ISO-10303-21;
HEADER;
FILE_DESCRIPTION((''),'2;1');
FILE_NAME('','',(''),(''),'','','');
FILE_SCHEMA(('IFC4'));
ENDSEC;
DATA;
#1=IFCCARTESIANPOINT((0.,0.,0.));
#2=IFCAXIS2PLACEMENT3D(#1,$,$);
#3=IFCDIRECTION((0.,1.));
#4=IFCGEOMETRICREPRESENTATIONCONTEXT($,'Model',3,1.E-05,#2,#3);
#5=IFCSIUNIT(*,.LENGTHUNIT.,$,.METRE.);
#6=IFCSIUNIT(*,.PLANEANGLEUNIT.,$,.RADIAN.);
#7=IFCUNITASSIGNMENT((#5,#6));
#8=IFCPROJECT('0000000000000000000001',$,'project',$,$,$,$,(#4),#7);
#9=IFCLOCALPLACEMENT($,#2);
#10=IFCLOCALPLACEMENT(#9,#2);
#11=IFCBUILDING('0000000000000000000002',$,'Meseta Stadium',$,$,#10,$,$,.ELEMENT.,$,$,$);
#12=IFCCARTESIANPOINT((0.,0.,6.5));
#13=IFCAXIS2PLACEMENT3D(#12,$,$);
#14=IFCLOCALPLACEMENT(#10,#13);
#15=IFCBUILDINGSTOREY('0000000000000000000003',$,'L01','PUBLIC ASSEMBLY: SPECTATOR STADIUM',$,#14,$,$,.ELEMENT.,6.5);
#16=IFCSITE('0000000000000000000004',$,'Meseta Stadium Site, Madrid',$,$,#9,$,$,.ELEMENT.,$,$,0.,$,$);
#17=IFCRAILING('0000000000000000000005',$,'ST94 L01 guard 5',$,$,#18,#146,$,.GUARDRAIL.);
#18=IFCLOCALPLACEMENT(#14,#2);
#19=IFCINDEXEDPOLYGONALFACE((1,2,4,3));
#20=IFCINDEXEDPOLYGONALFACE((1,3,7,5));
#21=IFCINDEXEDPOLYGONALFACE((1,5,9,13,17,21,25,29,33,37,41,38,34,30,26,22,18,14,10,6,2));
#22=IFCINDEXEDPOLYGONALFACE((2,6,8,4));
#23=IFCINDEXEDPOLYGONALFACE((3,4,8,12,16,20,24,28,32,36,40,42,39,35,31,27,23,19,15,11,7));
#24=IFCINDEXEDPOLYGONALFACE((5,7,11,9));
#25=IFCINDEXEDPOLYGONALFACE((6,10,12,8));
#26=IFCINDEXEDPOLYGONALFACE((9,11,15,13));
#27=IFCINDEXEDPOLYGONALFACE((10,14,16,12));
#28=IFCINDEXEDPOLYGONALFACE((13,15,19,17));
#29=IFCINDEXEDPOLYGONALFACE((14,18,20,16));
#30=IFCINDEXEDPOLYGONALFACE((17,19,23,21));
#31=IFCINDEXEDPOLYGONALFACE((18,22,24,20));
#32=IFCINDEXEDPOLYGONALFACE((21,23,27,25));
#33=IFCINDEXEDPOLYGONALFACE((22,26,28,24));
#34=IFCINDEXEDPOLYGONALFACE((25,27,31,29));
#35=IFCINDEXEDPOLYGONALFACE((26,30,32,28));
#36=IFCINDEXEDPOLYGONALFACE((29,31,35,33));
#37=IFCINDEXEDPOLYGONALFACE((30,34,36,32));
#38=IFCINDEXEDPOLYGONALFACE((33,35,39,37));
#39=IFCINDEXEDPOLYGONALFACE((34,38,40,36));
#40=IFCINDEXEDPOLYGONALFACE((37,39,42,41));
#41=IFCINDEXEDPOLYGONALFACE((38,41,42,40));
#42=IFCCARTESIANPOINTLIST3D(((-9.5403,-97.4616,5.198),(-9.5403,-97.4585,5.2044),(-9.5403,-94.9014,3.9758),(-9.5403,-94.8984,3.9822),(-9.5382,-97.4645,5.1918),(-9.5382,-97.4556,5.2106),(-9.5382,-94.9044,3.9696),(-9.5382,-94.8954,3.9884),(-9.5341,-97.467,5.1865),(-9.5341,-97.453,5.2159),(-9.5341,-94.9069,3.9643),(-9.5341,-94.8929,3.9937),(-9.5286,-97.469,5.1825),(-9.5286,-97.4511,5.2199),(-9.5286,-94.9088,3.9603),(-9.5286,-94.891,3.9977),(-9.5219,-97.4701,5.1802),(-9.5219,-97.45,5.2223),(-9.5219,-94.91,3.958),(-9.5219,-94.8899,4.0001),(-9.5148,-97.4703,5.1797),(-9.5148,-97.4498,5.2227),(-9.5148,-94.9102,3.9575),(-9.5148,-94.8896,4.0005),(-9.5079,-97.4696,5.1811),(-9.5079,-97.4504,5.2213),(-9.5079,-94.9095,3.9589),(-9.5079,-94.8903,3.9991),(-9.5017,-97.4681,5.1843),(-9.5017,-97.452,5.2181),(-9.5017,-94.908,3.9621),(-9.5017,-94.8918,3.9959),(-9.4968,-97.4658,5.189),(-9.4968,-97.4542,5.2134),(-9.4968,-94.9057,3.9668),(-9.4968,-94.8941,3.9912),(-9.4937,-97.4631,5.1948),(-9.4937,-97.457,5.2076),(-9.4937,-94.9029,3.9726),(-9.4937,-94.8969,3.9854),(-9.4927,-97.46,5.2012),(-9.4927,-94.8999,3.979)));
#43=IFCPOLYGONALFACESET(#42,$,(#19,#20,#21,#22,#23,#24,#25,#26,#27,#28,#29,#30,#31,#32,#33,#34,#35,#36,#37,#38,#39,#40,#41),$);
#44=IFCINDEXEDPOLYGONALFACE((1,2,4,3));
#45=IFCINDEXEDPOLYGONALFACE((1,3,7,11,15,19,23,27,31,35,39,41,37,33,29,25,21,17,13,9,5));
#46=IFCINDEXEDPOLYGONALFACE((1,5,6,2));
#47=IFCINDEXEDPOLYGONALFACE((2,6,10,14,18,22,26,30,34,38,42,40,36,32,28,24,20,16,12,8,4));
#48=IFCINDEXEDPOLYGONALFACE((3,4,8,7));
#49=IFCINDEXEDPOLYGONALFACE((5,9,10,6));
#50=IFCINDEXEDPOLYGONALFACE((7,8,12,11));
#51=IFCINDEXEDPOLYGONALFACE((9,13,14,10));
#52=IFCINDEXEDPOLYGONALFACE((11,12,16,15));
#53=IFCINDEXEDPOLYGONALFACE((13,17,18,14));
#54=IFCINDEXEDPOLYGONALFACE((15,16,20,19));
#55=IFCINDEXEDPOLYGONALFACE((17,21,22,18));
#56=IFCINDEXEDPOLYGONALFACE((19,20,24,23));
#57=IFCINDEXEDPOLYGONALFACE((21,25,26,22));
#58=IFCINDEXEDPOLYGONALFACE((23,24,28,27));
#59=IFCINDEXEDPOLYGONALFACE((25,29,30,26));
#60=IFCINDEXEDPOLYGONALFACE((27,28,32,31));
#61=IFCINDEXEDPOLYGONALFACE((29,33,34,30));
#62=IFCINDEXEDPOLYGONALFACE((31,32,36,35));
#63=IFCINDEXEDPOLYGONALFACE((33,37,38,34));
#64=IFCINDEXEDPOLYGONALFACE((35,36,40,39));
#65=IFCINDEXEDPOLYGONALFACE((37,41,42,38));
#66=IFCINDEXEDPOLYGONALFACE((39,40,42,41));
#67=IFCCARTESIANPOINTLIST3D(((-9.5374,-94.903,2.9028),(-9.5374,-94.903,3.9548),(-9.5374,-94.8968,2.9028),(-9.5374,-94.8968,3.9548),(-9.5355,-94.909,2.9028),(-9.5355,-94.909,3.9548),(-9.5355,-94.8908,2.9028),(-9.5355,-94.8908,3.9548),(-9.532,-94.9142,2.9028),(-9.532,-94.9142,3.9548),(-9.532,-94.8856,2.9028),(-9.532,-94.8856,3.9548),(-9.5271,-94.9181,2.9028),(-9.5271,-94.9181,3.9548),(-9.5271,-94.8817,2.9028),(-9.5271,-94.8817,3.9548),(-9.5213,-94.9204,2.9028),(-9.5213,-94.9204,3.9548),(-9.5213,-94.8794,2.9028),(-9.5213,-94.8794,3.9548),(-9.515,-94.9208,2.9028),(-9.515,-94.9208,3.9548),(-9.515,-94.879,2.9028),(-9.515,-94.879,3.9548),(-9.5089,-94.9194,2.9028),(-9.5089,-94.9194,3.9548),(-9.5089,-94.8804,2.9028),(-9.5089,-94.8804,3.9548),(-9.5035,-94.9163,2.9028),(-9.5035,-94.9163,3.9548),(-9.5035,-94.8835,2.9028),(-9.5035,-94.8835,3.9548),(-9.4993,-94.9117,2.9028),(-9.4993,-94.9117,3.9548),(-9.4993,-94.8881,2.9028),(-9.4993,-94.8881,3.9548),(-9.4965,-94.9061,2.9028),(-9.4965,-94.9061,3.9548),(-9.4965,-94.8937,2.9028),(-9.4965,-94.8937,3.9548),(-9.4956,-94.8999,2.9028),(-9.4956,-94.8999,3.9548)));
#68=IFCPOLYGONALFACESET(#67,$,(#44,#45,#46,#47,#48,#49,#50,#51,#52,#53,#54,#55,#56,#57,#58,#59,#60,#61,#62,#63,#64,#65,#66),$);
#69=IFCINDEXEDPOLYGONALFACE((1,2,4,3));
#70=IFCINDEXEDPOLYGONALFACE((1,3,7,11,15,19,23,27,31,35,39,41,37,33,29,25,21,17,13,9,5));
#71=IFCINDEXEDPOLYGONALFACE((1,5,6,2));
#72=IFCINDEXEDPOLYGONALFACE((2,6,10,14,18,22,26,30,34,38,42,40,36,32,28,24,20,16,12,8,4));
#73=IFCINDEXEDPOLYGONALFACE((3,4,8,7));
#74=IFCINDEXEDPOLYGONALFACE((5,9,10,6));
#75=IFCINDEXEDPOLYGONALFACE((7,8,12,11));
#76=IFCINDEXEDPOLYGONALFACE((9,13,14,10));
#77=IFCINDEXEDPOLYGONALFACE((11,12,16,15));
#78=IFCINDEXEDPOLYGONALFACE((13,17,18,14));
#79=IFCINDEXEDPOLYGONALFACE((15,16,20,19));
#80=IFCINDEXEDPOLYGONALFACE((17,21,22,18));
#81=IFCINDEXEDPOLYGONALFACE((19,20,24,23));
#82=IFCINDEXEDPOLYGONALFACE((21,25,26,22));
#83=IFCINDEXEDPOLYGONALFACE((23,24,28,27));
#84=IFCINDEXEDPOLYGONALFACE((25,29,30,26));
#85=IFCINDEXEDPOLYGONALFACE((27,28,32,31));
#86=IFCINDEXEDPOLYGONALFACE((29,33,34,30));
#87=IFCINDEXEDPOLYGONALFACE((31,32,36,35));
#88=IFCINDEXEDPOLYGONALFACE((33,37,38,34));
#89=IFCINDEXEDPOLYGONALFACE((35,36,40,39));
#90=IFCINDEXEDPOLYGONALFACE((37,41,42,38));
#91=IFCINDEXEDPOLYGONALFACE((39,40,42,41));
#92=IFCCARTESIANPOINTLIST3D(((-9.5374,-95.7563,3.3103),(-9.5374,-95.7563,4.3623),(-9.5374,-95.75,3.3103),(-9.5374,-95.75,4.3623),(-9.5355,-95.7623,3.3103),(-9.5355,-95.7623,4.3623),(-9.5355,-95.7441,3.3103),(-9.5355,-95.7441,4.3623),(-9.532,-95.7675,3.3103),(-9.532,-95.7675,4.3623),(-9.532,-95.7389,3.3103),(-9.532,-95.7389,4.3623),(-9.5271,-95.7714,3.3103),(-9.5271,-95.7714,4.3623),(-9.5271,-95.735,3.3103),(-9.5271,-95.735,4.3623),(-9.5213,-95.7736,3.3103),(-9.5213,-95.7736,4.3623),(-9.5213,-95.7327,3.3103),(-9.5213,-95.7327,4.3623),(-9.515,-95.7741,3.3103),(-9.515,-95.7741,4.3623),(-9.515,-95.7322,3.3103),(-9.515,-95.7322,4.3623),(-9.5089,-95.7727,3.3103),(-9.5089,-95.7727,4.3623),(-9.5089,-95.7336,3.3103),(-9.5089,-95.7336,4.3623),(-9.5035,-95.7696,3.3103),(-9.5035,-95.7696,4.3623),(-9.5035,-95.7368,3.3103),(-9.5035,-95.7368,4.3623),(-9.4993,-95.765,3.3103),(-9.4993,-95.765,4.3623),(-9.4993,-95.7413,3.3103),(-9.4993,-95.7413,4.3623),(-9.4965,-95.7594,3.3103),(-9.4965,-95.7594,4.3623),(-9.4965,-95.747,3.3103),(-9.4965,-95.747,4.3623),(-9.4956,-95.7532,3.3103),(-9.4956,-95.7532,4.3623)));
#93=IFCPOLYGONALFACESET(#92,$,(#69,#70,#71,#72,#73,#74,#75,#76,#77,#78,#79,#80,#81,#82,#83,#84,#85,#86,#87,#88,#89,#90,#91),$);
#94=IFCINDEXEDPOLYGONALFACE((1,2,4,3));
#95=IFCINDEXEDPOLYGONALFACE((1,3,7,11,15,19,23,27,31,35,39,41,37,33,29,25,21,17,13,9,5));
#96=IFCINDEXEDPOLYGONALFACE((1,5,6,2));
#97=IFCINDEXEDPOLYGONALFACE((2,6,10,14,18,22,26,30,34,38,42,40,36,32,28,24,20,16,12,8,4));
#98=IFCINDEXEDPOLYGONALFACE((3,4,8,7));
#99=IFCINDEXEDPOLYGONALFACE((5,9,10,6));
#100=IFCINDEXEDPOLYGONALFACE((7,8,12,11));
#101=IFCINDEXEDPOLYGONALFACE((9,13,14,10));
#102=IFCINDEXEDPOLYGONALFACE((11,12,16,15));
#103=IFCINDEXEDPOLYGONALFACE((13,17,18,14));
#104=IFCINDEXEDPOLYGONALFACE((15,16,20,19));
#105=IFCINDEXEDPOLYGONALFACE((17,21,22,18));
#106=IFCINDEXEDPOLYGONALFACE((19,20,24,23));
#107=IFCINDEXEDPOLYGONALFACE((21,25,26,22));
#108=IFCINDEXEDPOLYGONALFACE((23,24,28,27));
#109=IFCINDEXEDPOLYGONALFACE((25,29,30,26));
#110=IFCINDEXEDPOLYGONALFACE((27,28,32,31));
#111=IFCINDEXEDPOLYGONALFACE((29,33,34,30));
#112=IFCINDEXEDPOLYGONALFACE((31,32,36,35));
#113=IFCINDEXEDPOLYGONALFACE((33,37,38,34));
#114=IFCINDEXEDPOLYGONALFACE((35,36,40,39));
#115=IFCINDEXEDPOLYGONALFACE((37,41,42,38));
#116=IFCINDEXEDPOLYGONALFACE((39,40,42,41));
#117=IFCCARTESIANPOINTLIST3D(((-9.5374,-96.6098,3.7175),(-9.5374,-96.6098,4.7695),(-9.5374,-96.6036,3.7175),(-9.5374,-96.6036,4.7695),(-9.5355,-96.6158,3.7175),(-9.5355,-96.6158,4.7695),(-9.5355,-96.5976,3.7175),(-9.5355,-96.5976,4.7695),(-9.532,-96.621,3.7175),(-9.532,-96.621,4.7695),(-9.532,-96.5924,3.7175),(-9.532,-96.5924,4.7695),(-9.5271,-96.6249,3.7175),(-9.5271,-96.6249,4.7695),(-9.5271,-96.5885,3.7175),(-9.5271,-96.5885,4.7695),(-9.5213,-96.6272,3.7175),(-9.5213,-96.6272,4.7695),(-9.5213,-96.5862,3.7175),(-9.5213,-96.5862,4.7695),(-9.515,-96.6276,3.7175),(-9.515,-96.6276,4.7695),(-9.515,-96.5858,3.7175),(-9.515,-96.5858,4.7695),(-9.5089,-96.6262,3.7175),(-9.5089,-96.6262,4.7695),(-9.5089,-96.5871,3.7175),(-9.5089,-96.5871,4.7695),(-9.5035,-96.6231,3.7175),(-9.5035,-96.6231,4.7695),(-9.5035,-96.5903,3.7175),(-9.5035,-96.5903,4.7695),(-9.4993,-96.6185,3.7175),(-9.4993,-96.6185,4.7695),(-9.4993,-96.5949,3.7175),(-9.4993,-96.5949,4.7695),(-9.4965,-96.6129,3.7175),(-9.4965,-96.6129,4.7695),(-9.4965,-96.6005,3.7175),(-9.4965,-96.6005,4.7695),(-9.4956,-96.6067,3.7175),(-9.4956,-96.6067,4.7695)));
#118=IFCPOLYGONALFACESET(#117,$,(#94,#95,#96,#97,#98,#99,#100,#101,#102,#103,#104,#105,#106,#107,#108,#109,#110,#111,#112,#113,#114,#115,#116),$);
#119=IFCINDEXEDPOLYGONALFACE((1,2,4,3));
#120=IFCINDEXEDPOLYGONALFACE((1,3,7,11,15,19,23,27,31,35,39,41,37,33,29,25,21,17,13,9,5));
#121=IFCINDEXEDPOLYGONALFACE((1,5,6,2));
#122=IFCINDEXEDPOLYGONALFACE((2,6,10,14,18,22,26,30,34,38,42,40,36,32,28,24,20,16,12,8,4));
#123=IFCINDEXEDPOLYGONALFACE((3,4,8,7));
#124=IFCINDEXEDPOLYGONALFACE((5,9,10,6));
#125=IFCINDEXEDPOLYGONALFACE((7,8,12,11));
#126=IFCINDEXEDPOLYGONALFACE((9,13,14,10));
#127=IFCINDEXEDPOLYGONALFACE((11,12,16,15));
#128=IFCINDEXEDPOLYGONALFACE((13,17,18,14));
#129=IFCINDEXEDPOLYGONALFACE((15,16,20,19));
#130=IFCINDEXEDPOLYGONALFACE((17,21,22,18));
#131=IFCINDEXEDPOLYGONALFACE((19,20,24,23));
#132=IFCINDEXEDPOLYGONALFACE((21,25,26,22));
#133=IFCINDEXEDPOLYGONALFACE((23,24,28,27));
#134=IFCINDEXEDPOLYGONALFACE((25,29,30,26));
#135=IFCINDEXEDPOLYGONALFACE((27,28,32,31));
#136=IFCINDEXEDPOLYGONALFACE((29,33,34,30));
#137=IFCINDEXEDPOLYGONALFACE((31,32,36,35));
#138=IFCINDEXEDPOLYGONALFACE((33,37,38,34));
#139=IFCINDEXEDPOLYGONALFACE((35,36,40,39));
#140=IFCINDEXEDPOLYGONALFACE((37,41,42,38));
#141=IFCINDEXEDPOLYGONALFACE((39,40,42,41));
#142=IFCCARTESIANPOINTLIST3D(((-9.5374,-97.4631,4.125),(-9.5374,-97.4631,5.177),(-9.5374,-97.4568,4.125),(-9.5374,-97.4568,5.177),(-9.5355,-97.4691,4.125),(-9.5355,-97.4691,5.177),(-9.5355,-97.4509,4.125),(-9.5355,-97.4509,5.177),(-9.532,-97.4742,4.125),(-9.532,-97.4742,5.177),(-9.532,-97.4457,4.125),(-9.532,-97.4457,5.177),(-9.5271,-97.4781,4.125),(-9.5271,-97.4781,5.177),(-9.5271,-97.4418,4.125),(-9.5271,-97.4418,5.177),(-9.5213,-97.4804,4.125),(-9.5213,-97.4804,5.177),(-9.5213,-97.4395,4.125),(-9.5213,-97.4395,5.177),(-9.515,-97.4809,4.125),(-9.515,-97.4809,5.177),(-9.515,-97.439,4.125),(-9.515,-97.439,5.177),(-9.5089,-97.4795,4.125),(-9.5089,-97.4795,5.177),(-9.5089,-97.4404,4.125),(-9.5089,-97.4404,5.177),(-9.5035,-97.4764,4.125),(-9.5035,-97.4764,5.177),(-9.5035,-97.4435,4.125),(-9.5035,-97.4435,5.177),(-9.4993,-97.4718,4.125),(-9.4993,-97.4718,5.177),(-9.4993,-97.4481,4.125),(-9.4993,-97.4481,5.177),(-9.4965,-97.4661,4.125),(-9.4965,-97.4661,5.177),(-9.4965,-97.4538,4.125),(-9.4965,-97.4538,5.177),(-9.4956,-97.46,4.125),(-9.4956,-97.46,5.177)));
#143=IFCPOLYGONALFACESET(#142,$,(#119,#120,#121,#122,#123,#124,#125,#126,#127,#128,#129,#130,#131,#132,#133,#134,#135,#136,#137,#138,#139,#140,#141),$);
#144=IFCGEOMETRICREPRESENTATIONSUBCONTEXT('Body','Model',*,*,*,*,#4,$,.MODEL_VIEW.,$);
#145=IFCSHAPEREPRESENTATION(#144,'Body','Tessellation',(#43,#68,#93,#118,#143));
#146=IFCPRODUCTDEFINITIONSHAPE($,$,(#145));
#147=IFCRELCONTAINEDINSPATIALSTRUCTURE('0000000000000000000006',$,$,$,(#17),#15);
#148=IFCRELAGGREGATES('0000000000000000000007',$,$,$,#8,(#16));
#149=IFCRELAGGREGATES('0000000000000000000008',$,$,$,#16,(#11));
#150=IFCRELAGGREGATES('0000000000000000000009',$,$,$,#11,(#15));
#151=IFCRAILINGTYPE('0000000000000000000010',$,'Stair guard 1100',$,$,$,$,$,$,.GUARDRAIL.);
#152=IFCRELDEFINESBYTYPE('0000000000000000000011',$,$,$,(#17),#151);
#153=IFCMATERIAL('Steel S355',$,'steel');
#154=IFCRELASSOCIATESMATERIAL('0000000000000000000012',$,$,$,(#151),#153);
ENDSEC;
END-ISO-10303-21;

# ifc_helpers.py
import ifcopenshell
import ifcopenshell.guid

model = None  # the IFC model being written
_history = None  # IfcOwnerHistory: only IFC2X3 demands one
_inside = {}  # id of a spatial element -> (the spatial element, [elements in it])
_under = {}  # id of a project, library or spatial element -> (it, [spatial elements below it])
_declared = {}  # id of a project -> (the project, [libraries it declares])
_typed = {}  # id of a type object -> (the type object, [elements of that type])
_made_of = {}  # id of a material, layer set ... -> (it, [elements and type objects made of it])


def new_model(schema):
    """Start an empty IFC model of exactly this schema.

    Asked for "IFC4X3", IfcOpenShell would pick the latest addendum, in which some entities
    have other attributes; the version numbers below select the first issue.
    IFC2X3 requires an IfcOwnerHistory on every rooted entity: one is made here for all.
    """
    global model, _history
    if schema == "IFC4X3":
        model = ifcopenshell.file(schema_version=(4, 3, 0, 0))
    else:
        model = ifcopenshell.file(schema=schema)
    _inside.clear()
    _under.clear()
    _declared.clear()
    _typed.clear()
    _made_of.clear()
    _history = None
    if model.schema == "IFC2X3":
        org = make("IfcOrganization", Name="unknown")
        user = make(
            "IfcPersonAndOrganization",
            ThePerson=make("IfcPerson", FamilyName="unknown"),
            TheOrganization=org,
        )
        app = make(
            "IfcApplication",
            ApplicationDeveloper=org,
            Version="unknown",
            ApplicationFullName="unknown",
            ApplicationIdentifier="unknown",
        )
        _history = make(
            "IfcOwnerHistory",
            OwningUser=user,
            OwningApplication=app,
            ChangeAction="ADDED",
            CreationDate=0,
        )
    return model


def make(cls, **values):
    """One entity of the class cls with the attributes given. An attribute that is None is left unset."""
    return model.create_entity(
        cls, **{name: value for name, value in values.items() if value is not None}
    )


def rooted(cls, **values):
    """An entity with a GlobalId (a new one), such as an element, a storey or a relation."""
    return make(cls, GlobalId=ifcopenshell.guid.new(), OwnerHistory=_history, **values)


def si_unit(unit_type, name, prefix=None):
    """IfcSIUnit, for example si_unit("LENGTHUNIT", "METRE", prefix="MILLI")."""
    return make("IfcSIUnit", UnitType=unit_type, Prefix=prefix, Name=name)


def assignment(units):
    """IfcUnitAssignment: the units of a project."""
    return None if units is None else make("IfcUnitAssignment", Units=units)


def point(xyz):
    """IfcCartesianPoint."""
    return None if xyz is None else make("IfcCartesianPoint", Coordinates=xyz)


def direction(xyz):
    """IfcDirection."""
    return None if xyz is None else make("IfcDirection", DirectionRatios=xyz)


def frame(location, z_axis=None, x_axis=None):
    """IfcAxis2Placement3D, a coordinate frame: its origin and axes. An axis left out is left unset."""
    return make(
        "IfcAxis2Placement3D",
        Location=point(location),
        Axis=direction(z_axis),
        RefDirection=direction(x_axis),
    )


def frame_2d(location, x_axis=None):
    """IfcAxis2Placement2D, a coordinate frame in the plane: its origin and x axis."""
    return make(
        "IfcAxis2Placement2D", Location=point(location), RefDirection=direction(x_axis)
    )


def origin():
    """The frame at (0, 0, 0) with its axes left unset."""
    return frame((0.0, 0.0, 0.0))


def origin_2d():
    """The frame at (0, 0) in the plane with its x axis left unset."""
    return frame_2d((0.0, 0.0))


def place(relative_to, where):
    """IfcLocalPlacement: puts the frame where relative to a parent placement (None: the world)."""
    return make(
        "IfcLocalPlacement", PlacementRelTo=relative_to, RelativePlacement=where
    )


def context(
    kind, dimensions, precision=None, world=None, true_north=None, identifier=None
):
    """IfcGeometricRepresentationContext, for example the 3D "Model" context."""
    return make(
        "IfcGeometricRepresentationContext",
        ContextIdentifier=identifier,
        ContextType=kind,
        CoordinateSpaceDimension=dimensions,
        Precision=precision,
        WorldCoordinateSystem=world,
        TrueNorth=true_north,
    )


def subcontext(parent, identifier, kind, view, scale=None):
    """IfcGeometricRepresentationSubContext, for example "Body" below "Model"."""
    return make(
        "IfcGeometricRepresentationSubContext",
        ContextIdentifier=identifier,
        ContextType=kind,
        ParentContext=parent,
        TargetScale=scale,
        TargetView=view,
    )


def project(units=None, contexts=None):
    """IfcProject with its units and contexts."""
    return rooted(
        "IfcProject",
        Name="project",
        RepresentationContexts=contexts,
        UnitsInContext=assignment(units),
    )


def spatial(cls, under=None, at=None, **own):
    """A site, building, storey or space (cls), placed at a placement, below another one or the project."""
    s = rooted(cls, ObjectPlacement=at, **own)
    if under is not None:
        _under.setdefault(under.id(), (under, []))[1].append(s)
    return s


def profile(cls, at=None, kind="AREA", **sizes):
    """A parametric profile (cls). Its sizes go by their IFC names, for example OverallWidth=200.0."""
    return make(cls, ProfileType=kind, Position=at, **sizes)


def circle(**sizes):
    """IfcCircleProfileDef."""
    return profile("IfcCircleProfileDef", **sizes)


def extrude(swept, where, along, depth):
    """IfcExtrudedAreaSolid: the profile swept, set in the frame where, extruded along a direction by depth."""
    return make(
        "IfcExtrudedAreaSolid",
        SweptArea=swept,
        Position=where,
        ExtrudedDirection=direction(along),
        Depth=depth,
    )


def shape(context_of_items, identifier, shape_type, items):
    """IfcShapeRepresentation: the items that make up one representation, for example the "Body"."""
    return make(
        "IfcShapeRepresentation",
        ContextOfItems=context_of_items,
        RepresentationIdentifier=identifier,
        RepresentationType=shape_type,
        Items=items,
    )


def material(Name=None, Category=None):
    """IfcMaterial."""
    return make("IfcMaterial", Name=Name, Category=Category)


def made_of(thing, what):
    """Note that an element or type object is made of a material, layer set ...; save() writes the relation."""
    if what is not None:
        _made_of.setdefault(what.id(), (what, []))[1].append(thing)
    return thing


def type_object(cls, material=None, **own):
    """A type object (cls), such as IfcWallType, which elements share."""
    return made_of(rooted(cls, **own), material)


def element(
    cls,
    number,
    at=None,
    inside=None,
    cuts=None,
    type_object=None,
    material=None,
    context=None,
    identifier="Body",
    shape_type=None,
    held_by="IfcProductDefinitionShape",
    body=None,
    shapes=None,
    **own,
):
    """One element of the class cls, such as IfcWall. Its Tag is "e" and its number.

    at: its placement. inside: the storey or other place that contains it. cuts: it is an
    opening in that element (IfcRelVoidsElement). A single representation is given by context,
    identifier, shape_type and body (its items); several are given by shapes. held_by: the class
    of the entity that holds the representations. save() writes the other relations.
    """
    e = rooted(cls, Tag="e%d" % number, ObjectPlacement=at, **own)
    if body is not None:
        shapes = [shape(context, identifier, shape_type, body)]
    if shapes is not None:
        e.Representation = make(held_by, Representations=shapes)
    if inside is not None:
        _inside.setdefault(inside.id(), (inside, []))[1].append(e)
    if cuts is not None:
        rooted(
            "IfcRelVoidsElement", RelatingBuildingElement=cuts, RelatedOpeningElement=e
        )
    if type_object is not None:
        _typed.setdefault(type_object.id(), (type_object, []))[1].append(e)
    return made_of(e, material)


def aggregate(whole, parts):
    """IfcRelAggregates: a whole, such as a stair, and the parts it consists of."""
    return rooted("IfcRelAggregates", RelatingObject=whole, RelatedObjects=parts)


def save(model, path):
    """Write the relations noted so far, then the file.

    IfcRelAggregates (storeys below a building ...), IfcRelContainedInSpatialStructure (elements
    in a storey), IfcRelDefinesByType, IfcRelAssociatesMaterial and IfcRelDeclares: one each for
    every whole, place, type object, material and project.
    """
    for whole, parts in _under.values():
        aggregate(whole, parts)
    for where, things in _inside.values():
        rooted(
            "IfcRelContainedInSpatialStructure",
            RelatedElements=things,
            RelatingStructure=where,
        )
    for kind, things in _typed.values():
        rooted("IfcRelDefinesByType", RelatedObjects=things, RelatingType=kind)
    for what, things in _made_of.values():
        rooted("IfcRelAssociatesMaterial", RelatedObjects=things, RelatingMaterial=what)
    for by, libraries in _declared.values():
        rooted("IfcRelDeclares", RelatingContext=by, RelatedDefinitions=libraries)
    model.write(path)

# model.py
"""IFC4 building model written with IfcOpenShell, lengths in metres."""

from ifc_helpers import new_model, si_unit, direction, frame, origin, origin_2d, place, context, subcontext, project, spatial, circle, extrude, material, type_object, element, save


model = new_model("IFC4")

# Units and contexts
model_context = context("Model", 3, precision=1e-05, world=origin(), true_north=direction((0.0, 1.0)))
body_context = subcontext(model_context, "Body", "Model", "MODEL_VIEW")
ifc_project = project(units=[si_unit("LENGTHUNIT", "METRE"), si_unit("PLANEANGLEUNIT", "RADIAN")], contexts=[model_context])

# Site, building, storey
site_placement = place(None, origin())
site = spatial("IfcSite", under=ifc_project, at=site_placement, Name="Meseta Stadium Site, Madrid", CompositionType="ELEMENT", RefElevation=0.0)
building_placement = place(site_placement, origin())
building = spatial("IfcBuilding", under=site, at=building_placement, Name="Meseta Stadium", CompositionType="ELEMENT")
storey_placement = place(building_placement, frame((0.0, 0.0, 6.5)))
storey = spatial("IfcBuildingStorey", under=building, at=storey_placement, Name="L01", Description="PUBLIC ASSEMBLY: SPECTATOR STADIUM", CompositionType="ELEMENT", Elevation=6.5)

# Railing
ifc_material_1 = material(Name="Steel S355", Category="steel")
railing_type_1 = type_object("IfcRailingType", Name="Stair guard 1100", PredefinedType="GUARDRAIL", material=ifc_material_1)
railing_1_placement = place(storey_placement, frame((-9.5166, -94.8999, 2.9028)))
element("IfcRailing", 1, at=railing_1_placement, inside=storey, type_object=railing_type_1, Name="ST94 L01 guard 5", PredefinedType="GUARDRAIL", context=body_context, shape_type="SweptSolid", body=[
    extrude(circle(Radius=0.0239, at=origin_2d()), frame((0.0, 0.0, 1.0762), z_axis=(0.0, -0.902437, 0.430822), x_axis=(1.0, 0.0, 0.0)), (0.0, 0.0, 1.0), 2.8369),
    extrude(circle(Radius=0.021, at=origin_2d()), origin(), (0.0, 0.0, 1.0), 1.052),
    extrude(circle(Radius=0.021, at=origin_2d()), frame((0.0, -0.8533, 0.4075)), (0.0, 0.0, 1.0), 1.052),
    extrude(circle(Radius=0.021, at=origin_2d()), frame((0.0, -1.7068, 0.8147)), (0.0, 0.0, 1.0), 1.052),
    extrude(circle(Radius=0.021, at=origin_2d()), frame((0.0, -2.5601, 1.2222)), (0.0, 0.0, 1.0), 1.052),
])

save(model, "model.ifc")
